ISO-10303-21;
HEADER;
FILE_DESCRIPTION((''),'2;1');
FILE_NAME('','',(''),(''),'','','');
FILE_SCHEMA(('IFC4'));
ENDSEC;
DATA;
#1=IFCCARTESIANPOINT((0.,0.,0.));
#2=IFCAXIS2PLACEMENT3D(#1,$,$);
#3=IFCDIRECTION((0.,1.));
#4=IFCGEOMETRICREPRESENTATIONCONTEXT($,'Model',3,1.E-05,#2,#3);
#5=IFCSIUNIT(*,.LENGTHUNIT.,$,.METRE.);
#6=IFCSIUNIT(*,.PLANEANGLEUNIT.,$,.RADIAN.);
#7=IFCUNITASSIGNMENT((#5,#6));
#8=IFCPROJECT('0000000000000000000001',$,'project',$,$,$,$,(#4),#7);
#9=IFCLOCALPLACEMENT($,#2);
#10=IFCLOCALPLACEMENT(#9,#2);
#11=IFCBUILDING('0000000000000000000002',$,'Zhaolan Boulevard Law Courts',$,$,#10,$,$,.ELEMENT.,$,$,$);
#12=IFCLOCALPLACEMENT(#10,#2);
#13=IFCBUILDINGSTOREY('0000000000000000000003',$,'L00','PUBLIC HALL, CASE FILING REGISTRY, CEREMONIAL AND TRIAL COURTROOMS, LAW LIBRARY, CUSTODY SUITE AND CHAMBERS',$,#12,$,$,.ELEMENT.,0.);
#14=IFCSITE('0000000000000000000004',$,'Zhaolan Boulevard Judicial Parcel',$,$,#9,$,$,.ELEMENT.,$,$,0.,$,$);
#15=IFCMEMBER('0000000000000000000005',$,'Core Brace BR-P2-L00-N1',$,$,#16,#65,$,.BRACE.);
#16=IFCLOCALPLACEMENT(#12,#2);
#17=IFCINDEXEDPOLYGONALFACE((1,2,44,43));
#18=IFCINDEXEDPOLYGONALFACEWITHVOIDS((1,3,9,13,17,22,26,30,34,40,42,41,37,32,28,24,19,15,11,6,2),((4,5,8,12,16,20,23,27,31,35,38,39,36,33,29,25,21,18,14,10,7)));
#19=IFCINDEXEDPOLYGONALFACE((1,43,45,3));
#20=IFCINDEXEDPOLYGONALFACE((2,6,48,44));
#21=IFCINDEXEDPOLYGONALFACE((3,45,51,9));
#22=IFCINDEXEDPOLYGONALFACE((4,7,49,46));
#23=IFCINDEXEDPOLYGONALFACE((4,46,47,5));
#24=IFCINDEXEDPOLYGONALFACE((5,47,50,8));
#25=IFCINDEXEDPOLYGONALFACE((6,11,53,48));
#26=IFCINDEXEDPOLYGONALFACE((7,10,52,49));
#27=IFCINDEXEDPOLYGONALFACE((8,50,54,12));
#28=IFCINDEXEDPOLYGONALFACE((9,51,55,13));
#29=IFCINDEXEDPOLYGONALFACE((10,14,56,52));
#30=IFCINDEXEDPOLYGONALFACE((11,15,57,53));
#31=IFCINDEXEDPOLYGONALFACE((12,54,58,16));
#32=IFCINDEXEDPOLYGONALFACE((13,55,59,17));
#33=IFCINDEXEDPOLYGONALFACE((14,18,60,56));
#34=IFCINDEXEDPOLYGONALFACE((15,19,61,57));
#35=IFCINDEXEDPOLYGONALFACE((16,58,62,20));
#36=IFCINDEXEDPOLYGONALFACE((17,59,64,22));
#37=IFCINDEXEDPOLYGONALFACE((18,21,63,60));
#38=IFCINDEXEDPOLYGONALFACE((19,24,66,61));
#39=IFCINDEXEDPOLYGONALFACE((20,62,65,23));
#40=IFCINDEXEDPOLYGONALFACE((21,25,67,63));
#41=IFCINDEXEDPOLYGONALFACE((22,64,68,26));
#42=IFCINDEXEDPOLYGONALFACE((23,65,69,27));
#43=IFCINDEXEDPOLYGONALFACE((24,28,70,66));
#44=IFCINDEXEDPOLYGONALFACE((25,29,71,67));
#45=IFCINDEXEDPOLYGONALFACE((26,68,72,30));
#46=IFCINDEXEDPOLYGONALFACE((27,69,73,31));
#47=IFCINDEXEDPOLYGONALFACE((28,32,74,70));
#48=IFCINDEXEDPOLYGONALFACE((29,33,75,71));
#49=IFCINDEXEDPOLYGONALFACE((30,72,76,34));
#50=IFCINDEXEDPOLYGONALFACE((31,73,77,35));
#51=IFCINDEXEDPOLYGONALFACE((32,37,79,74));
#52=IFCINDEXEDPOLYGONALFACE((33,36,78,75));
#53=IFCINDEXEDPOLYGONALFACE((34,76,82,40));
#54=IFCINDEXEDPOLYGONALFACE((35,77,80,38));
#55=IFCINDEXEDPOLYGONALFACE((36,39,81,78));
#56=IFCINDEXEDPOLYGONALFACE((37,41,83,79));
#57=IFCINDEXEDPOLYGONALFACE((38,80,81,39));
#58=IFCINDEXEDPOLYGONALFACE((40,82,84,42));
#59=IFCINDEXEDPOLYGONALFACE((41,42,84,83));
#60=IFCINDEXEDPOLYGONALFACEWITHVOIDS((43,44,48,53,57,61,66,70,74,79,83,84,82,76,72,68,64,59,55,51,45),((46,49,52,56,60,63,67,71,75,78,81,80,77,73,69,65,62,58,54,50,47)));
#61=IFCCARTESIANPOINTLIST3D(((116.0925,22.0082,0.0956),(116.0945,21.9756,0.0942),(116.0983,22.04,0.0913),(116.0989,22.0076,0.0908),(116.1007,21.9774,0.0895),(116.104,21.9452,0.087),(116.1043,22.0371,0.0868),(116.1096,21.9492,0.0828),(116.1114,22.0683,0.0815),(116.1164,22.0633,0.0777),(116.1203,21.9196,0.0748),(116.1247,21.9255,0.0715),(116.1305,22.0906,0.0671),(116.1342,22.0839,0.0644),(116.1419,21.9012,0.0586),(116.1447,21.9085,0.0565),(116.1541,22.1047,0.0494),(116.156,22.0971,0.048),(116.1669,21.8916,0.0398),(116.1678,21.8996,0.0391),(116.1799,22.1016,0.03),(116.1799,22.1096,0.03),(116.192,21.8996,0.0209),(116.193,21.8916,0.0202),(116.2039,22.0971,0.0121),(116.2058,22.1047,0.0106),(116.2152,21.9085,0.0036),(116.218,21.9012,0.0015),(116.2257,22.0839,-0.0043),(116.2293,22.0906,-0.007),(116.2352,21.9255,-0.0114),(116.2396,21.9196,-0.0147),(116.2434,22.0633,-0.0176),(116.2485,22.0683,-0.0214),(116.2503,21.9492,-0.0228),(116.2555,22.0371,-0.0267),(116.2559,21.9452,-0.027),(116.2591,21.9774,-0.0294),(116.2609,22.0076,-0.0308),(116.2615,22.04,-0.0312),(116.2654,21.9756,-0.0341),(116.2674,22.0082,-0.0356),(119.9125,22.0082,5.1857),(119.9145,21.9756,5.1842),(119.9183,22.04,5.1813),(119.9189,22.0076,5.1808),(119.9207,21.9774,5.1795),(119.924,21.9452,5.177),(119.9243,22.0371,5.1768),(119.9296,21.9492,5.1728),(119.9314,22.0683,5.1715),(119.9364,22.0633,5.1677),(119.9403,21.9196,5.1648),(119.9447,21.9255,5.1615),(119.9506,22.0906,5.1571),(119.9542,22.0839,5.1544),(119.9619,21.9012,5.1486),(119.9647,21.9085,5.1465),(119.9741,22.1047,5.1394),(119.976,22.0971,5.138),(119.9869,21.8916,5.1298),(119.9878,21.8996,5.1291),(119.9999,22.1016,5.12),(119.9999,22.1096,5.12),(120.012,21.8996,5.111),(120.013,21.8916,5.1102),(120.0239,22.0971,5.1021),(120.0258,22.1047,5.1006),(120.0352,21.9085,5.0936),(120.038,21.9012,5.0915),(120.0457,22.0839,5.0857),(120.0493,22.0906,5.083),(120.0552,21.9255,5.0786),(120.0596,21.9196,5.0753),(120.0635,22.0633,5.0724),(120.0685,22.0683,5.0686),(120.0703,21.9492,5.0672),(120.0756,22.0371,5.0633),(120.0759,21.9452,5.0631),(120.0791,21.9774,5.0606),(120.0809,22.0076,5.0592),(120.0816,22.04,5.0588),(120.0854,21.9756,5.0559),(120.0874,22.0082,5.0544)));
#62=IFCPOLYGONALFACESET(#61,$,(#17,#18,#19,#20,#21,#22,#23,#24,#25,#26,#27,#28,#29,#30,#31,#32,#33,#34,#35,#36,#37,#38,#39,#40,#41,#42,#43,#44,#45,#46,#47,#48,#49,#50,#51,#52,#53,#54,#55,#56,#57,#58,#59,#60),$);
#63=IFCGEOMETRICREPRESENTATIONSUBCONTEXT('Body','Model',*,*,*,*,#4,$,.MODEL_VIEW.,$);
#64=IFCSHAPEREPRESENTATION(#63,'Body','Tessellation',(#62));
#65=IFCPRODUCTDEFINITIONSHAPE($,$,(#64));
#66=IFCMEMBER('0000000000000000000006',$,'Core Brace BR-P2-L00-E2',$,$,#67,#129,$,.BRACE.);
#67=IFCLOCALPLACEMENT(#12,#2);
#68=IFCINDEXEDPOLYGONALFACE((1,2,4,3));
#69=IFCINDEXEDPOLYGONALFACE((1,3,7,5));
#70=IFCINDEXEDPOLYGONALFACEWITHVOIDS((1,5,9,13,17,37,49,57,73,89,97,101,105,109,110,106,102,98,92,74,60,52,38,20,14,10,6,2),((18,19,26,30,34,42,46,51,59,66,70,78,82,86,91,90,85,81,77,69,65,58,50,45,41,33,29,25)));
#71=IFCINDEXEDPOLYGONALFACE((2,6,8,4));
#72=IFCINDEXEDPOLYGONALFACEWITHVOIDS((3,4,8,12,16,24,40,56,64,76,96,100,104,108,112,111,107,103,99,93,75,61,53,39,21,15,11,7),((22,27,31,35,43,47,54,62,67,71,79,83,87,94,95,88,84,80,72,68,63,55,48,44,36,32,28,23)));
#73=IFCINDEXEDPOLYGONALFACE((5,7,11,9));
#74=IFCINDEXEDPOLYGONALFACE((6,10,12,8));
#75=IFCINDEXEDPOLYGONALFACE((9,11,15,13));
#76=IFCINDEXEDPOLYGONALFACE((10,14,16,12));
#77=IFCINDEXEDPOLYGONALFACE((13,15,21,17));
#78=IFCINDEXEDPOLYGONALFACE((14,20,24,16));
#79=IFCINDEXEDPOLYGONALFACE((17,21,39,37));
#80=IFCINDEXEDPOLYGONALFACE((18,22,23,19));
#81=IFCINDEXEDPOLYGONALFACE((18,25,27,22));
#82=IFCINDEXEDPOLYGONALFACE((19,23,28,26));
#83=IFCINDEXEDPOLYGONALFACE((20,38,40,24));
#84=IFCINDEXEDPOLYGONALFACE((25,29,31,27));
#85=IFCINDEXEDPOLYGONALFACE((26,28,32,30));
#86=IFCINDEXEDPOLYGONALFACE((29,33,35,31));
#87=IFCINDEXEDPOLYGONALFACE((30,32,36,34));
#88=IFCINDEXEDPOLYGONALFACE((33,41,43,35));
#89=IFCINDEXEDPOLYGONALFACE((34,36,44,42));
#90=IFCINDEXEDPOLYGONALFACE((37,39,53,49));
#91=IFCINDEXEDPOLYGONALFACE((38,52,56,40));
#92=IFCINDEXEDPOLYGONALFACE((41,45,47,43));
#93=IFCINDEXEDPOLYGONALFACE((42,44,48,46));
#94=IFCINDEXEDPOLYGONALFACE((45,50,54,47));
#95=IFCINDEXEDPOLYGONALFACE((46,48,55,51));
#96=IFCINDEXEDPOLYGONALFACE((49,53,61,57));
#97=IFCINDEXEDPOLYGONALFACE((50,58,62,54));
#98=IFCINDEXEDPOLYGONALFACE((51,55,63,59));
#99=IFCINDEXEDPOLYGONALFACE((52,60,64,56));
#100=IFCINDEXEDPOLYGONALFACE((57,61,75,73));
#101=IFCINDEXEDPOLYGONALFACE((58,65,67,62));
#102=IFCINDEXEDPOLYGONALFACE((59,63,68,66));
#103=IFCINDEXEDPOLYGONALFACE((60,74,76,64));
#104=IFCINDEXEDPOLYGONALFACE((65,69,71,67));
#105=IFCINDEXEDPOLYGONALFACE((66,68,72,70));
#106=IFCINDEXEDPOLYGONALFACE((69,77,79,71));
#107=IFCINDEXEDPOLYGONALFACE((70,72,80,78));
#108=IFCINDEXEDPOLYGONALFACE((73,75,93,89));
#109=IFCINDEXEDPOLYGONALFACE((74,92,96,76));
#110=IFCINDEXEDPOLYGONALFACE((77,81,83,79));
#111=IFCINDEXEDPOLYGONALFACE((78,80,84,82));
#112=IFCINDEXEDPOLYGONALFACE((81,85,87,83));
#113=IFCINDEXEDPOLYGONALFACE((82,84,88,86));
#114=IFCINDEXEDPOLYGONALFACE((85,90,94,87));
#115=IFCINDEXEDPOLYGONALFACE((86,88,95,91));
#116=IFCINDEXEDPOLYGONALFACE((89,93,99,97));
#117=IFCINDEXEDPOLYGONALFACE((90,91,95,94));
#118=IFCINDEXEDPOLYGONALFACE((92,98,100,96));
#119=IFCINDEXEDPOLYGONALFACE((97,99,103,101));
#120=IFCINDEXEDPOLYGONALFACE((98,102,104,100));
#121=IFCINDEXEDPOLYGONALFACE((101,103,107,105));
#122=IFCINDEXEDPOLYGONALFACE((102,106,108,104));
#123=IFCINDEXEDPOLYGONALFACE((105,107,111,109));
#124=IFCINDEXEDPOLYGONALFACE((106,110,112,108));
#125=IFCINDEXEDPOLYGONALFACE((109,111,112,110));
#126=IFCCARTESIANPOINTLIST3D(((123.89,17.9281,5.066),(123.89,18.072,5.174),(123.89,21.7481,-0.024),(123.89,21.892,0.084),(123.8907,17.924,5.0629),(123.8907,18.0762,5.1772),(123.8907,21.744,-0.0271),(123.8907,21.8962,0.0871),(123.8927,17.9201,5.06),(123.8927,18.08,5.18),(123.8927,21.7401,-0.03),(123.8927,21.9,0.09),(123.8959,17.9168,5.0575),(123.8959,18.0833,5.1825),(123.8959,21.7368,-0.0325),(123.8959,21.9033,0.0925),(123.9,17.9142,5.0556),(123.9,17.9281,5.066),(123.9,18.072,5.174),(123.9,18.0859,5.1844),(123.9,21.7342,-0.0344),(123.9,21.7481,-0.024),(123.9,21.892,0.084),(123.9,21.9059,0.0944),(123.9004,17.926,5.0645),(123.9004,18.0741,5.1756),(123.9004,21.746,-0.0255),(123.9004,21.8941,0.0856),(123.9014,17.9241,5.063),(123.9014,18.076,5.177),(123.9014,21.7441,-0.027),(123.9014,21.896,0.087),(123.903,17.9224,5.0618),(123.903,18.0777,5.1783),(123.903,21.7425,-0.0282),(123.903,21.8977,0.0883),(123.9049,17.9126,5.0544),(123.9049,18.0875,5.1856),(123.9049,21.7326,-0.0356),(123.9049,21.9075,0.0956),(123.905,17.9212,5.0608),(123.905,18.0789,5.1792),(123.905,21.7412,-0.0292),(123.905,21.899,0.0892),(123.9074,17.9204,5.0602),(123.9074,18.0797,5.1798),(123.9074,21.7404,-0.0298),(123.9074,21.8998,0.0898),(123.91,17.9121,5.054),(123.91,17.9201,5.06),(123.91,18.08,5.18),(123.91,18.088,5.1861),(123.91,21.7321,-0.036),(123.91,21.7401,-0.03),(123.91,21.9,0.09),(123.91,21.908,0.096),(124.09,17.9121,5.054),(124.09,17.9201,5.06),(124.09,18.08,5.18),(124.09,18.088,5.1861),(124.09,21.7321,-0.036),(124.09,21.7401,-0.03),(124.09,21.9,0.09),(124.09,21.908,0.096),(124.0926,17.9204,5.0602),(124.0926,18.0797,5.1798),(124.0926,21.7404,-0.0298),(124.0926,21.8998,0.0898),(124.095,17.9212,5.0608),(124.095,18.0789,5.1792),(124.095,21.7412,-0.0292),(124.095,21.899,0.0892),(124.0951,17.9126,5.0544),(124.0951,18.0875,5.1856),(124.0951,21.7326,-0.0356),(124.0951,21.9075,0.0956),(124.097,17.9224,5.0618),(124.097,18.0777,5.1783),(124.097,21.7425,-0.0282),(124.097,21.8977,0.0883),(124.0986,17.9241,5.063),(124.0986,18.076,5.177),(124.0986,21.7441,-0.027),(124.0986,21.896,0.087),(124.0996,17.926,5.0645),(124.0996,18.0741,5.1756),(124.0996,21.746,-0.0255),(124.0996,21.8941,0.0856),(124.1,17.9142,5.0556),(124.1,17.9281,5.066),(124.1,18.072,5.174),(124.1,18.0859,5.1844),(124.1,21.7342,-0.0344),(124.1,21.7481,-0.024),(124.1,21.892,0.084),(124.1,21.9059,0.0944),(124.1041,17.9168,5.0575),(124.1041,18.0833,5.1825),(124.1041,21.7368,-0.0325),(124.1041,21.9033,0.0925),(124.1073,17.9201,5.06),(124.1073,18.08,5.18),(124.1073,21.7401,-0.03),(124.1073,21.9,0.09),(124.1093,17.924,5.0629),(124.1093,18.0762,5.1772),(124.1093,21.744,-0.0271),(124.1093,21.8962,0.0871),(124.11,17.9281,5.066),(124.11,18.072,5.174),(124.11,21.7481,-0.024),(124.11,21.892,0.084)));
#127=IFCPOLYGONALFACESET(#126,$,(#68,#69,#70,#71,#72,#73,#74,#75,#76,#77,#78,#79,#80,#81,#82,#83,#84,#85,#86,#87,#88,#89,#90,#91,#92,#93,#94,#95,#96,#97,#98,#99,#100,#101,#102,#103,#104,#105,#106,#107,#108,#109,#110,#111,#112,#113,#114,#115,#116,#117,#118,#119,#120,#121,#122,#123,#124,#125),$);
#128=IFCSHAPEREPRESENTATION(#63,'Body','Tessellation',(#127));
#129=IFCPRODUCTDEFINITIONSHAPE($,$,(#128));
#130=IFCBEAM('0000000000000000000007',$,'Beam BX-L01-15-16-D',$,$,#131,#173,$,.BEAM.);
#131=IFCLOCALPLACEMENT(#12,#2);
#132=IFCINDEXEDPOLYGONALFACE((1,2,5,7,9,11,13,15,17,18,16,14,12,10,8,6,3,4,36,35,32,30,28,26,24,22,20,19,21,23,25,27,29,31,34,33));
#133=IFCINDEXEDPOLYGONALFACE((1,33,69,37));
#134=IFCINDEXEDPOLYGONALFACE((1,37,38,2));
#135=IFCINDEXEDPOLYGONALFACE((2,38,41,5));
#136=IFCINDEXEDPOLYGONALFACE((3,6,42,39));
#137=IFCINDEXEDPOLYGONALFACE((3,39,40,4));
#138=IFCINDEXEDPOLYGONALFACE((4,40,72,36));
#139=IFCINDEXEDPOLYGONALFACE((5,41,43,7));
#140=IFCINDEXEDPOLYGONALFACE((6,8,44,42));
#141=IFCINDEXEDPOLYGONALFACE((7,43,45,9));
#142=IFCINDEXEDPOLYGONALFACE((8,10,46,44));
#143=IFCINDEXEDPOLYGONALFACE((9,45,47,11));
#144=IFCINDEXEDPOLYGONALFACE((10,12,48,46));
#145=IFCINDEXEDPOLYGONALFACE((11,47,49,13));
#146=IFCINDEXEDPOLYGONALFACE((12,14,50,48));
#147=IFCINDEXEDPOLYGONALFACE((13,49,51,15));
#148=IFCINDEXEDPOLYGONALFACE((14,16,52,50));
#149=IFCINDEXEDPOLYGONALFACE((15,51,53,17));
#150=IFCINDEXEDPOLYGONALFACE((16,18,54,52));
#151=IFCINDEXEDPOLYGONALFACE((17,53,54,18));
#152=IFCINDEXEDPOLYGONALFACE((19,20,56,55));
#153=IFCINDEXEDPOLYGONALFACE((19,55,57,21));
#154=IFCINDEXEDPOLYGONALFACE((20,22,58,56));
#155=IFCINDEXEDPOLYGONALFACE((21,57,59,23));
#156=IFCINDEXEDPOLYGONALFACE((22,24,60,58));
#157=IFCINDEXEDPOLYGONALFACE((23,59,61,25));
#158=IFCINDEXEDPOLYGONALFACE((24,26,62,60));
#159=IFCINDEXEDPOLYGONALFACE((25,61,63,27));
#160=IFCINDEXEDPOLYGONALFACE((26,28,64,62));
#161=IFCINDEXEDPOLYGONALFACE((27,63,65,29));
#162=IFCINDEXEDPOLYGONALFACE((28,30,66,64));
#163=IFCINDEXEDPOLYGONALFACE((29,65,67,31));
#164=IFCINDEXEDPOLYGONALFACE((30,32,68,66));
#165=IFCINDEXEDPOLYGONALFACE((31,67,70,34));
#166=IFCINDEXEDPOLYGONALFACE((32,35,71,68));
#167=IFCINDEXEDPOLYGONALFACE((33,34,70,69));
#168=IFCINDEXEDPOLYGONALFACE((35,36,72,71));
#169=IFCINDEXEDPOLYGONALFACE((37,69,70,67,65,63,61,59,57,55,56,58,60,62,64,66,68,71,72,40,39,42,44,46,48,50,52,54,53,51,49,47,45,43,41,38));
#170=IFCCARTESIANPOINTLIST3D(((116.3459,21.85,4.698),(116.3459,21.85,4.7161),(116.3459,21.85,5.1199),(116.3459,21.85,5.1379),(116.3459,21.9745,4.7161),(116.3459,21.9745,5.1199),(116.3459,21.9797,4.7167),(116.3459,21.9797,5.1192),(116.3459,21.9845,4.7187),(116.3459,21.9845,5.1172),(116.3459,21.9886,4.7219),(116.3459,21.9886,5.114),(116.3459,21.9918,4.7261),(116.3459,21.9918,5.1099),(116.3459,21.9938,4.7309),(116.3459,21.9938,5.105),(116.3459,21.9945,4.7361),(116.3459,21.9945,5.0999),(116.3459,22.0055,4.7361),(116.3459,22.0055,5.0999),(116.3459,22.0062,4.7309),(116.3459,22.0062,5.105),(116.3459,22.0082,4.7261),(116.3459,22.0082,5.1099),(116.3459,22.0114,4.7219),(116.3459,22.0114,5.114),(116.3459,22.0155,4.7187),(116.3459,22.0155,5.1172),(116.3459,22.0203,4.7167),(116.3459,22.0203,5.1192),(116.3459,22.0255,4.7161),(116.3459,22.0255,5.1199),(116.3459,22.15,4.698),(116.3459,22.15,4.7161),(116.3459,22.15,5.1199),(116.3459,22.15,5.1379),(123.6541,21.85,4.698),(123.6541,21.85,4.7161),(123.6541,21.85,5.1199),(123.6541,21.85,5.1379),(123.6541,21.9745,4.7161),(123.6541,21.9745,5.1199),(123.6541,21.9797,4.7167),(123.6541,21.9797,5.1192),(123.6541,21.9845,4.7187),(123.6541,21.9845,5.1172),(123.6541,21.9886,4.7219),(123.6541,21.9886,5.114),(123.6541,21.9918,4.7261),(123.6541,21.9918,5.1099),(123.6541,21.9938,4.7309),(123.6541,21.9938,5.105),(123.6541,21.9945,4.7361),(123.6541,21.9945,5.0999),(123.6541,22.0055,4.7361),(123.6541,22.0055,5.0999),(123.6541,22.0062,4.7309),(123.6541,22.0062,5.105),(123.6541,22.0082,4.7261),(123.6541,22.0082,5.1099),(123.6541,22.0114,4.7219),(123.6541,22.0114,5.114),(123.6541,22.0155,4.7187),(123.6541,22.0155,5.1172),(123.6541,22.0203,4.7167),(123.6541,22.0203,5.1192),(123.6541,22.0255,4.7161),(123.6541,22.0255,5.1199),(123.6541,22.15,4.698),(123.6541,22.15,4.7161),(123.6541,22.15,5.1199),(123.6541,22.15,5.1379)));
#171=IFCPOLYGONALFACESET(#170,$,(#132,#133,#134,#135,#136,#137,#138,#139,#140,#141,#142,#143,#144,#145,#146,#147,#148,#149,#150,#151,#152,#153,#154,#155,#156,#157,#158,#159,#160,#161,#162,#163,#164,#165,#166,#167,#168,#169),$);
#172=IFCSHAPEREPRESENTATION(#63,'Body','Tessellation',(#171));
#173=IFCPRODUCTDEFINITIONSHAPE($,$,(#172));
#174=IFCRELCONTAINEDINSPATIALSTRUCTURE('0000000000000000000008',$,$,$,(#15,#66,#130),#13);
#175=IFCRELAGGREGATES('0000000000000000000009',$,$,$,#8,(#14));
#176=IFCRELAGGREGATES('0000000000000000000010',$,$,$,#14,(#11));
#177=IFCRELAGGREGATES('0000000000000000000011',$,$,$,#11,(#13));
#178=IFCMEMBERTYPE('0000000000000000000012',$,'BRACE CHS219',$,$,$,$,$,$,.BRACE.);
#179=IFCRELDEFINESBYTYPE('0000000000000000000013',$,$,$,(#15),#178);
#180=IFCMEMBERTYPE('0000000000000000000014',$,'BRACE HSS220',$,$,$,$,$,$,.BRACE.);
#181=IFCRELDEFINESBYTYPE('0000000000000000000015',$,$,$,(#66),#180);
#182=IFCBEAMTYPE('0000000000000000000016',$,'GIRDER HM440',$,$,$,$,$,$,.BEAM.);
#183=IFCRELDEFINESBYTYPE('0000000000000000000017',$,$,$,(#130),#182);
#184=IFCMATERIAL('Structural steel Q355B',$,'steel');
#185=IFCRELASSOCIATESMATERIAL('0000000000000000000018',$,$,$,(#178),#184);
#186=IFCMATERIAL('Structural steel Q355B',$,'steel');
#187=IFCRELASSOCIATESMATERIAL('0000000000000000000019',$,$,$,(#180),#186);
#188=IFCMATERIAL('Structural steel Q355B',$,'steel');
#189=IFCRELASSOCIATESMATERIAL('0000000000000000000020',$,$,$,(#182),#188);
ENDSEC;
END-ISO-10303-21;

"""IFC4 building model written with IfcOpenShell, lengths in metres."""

from ifc_helpers import new_model, si_unit, direction, frame, origin, origin_2d, place, context, subcontext, project, spatial, hollow_rectangle, hollow_circle, i_section, extrude, material, material_profile, profile_set, type_object, element, save


model = new_model("IFC4")

# Units and contexts
model_context = context("Model", 3, precision=1e-05, world=origin(), true_north=direction((0.0, 1.0)))
body_context = subcontext(model_context, "Body", "Model", "MODEL_VIEW")
ifc_project = project(units=[si_unit("LENGTHUNIT", "METRE"), si_unit("PLANEANGLEUNIT", "RADIAN")], contexts=[model_context])

# Site, building, storey
site_placement = place(None, origin())
site = spatial("IfcSite", under=ifc_project, at=site_placement, Name="Zhaolan Boulevard Judicial Parcel", CompositionType="ELEMENT", RefElevation=0.0)
building_placement = place(site_placement, origin())
building = spatial("IfcBuilding", under=site, at=building_placement, Name="Zhaolan Boulevard Law Courts", CompositionType="ELEMENT")
storey_placement = place(building_placement, origin())
storey = spatial("IfcBuildingStorey", under=building, at=storey_placement, Name="L00", Description="PUBLIC HALL, CASE FILING REGISTRY, CEREMONIAL AND TRIAL COURTROOMS, LAW LIBRARY, CUSTODY SUITE AND CHAMBERS", CompositionType="ELEMENT", Elevation=0.0)

# Members
ifc_material_1 = material(Name="Structural steel Q355B", Category="steel")
ifc_material_profile_1 = material_profile(ifc_material_1, hollow_circle(Radius=0.1096, WallThickness=0.0081, at=origin_2d()), Name="CHS219x8")
ifc_profile_set_1 = profile_set([ifc_material_profile_1], Name="Structural steel Q355B")
member_type_1 = type_object("IfcMemberType", Name="BRACE CHS219", PredefinedType="BRACE", material=ifc_profile_set_1)
member_1_placement = place(storey_placement, frame((116.1799, 22.0, 0.03), z_axis=(0.600252, 0.0, 0.799811), x_axis=(0.0, 1.0, 0.0)))
element("IfcMember", 1, at=member_1_placement, inside=storey, type_object=member_type_1, Name="Core Brace BR-P2-L00-N1", PredefinedType="BRACE", context=body_context, shape_type="SweptSolid", body=[
    extrude(hollow_circle(Radius=0.1096, WallThickness=0.0081, at=origin_2d()), origin(), (0.0, 0.0, 1.0), 6.364),
])
ifc_material_2 = material(Name="Structural steel Q355B", Category="steel")
ifc_material_profile_2 = material_profile(ifc_material_2, hollow_rectangle(XDim=0.22, YDim=0.22, WallThickness=0.01, InnerFilletRadius=0.01, OuterFilletRadius=0.02, at=origin_2d()), Name="HSS220x220x10")
ifc_profile_set_2 = profile_set([ifc_material_profile_2], Name="Structural steel Q355B")
member_type_2 = type_object("IfcMemberType", Name="BRACE HSS220", PredefinedType="BRACE", material=ifc_profile_set_2)
member_2_placement = place(storey_placement, frame((124.0, 21.8201, 0.03), z_axis=(0.0, -0.600252, 0.799811), x_axis=(1.0, 0.0, 0.0)))
element("IfcMember", 2, at=member_2_placement, inside=storey, type_object=member_type_2, Name="Core Brace BR-P2-L00-E2", PredefinedType="BRACE", context=body_context, shape_type="SweptSolid", body=[
    extrude(hollow_rectangle(XDim=0.22, YDim=0.22, WallThickness=0.01, InnerFilletRadius=0.01, OuterFilletRadius=0.02, at=origin_2d()), origin(), (0.0, 0.0, 1.0), 6.364),
])

# Beam
ifc_material_3 = material(Name="Structural steel Q355B", Category="steel")
ifc_material_profile_3 = material_profile(ifc_material_3, i_section(OverallWidth=0.3, OverallDepth=0.4399, WebThickness=0.011, FlangeThickness=0.0181, FilletRadius=0.02, at=origin_2d()), Name="HM440x300")
ifc_profile_set_3 = profile_set([ifc_material_profile_3], Name="Structural steel Q355B")
beam_type_1 = type_object("IfcBeamType", Name="GIRDER HM440", PredefinedType="BEAM", material=ifc_profile_set_3)
beam_1_placement = place(storey_placement, frame((116.3459, 22.0, 4.918), z_axis=(1.0, 0.0, 0.0), x_axis=(0.0, 1.0, 0.0)))
element("IfcBeam", 3, at=beam_1_placement, inside=storey, type_object=beam_type_1, Name="Beam BX-L01-15-16-D", PredefinedType="BEAM", context=body_context, shape_type="SweptSolid", body=[
    extrude(i_section(OverallWidth=0.3, OverallDepth=0.4399, WebThickness=0.011, FlangeThickness=0.0181, FilletRadius=0.02, at=origin_2d()), origin(), (0.0, 0.0, 1.0), 7.3081),
])

save(model, "model.ifc")
